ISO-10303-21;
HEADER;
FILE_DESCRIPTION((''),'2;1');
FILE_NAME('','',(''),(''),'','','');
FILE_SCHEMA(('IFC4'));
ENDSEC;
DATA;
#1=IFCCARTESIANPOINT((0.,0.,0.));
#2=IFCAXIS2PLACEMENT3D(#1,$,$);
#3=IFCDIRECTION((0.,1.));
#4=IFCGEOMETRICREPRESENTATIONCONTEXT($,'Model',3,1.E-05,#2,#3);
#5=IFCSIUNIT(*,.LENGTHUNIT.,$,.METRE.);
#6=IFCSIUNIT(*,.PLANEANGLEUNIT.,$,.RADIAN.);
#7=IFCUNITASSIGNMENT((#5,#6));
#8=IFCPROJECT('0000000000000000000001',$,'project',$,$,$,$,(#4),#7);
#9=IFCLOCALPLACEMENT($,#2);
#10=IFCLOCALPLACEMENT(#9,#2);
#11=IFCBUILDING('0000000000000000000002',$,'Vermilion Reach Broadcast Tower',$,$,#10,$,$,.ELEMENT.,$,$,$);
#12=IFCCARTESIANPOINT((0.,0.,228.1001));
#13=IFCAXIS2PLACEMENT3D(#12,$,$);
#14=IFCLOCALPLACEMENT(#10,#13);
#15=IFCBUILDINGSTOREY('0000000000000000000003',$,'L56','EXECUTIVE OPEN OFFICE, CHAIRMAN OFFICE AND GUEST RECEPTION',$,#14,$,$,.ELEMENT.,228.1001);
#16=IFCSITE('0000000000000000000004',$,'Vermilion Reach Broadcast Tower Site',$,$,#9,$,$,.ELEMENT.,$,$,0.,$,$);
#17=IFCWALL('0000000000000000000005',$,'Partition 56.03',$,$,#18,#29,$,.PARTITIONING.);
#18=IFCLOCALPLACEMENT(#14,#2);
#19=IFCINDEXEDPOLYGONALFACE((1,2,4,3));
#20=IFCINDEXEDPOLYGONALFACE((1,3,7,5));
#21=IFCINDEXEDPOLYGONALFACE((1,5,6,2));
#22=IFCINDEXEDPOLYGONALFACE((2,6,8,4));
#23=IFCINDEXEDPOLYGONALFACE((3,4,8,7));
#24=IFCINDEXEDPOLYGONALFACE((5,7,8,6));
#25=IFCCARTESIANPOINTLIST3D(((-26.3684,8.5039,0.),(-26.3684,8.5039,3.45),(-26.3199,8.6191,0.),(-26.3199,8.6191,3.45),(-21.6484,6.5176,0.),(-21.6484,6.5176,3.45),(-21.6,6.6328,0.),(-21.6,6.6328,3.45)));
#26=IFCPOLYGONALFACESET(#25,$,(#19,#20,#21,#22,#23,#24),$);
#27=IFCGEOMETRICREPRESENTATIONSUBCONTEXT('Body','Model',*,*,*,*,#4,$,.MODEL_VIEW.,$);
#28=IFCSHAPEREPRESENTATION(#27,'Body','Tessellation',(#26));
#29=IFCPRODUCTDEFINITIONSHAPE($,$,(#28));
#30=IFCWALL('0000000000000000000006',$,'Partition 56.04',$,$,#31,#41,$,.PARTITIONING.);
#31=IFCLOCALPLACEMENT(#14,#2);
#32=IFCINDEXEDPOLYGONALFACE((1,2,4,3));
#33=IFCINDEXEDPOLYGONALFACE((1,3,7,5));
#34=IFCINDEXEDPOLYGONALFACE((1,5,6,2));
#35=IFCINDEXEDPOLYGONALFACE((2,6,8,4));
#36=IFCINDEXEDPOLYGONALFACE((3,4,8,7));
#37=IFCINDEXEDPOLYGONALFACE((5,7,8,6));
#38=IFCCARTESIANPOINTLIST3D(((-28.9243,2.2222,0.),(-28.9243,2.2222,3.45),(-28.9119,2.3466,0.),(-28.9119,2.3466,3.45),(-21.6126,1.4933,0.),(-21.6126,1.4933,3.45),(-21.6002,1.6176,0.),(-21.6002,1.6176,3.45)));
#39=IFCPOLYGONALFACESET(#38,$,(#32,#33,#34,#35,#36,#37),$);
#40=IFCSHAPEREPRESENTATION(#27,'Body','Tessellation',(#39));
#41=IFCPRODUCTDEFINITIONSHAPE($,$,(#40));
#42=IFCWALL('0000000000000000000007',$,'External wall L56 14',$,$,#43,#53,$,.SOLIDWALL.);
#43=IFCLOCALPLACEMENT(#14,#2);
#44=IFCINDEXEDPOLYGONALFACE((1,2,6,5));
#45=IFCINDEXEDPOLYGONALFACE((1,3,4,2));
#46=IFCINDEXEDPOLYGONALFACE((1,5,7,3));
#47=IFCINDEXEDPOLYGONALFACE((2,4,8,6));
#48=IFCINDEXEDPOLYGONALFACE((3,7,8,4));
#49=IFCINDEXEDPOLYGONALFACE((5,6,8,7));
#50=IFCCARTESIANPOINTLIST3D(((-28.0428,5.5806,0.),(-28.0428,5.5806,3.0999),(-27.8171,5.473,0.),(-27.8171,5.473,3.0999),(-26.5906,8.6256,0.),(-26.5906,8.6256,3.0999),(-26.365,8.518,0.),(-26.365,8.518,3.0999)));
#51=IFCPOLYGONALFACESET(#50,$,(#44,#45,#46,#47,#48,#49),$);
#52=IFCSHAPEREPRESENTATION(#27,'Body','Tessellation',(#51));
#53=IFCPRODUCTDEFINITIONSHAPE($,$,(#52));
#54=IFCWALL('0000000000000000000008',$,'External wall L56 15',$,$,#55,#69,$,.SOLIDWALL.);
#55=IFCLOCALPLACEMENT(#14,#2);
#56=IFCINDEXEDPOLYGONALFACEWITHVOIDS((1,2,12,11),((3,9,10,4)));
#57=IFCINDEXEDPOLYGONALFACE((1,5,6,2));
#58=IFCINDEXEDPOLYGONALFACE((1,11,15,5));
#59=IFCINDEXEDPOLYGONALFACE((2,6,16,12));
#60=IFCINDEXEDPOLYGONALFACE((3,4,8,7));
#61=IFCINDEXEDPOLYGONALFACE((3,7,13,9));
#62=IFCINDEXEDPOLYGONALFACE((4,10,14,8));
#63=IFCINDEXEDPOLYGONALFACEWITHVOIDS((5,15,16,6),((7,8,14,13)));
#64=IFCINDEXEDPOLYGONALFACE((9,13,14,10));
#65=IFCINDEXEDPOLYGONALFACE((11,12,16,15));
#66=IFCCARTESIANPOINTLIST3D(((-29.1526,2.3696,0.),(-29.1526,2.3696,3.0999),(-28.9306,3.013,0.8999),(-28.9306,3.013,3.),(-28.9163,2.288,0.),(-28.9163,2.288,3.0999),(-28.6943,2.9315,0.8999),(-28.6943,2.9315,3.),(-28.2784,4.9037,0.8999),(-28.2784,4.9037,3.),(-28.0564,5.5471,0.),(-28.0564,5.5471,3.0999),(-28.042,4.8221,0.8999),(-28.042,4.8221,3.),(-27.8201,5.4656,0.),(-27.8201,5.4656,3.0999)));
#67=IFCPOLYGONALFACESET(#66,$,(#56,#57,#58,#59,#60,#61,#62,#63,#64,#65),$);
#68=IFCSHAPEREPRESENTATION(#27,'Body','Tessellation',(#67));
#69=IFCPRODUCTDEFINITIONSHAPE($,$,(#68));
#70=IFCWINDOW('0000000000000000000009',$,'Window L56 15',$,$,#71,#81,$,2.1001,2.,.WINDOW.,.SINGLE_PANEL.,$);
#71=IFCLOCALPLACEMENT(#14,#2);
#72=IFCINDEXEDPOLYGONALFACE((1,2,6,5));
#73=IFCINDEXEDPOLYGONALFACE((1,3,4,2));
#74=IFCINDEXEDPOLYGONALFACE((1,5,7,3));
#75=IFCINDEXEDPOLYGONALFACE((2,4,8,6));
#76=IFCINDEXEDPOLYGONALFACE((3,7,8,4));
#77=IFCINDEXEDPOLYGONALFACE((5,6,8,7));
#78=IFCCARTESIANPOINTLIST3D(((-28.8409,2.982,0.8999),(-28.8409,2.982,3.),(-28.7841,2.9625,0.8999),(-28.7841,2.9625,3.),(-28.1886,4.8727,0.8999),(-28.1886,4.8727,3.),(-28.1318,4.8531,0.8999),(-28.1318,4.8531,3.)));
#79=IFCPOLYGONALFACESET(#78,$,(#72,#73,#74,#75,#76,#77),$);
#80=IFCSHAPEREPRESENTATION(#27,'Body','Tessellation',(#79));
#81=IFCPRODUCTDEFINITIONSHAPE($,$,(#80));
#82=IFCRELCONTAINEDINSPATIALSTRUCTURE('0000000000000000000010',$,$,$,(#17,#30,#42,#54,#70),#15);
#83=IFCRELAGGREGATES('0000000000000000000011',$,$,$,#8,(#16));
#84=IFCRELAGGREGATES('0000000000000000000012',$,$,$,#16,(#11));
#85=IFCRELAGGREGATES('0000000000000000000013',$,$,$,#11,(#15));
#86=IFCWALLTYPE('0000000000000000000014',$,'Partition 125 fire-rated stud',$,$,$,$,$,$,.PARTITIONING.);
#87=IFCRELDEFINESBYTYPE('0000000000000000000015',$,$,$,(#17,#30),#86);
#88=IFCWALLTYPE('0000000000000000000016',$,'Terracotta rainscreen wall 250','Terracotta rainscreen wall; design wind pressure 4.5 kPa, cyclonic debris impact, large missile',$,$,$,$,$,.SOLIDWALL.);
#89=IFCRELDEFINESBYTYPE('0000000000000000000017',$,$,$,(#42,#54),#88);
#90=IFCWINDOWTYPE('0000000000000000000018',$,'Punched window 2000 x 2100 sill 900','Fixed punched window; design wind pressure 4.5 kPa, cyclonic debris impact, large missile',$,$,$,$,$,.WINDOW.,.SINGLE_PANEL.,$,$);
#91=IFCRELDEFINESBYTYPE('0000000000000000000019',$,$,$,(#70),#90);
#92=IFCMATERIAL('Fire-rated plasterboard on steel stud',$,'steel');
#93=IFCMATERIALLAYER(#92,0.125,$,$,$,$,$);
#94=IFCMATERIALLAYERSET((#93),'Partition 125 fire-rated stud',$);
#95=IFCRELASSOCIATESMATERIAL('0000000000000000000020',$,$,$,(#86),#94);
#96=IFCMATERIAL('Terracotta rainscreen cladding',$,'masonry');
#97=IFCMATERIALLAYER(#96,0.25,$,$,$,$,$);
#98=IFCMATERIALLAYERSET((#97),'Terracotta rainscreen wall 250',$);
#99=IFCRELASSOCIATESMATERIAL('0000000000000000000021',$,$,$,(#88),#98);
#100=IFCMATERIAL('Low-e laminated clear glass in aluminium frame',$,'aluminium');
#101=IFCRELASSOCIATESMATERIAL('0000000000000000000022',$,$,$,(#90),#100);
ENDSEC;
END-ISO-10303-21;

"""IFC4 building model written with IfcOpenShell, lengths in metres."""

from ifc_helpers import new_model, si_unit, direction, frame, frame_2d, origin, place, context, subcontext, project, spatial, rectangle, extrude, material, layer, layer_set, type_object, element, fill, save


model = new_model("IFC4")

# Units and contexts
model_context = context("Model", 3, precision=1e-05, world=origin(), true_north=direction((0.0, 1.0)))
body_context = subcontext(model_context, "Body", "Model", "MODEL_VIEW")
ifc_project = project(units=[si_unit("LENGTHUNIT", "METRE"), si_unit("PLANEANGLEUNIT", "RADIAN")], contexts=[model_context])

# Site, building, storey
site_placement = place(None, origin())
site = spatial("IfcSite", under=ifc_project, at=site_placement, Name="Vermilion Reach Broadcast Tower Site", CompositionType="ELEMENT", RefElevation=0.0)
building_placement = place(site_placement, origin())
building = spatial("IfcBuilding", under=site, at=building_placement, Name="Vermilion Reach Broadcast Tower", CompositionType="ELEMENT")
storey_placement = place(building_placement, frame((0.0, 0.0, 228.1001)))
storey = spatial("IfcBuildingStorey", under=building, at=storey_placement, Name="L56", Description="EXECUTIVE OPEN OFFICE, CHAIRMAN OFFICE AND GUEST RECEPTION", CompositionType="ELEMENT", Elevation=228.1001)

# Walls
ifc_material_1 = material(Name="Fire-rated plasterboard on steel stud", Category="steel")
ifc_layer_1 = layer(ifc_material_1, 0.125)
ifc_layer_set_1 = layer_set([ifc_layer_1], Name="Partition 125 fire-rated stud")
wall_type_1 = type_object("IfcWallType", Name="Partition 125 fire-rated stud", PredefinedType="PARTITIONING", material=ifc_layer_set_1)
wall_1_placement = place(storey_placement, frame((-26.3442, 8.5615, 0.0), z_axis=(0.0, 0.0, 1.0), x_axis=(0.921707, -0.387886, 0.0)))
element("IfcWall", 1, at=wall_1_placement, inside=storey, type_object=wall_type_1, Name="Partition 56.03", PredefinedType="PARTITIONING", context=body_context, shape_type="SweptSolid", body=[
    extrude(rectangle(XDim=5.1208, YDim=0.125, at=frame_2d((2.5605, 0.0))), origin(), (0.0, 0.0, 1.0), 3.45),
])
wall_2_placement = place(storey_placement, frame((-28.918, 2.2844, 0.0), z_axis=(0.0, 0.0, 1.0), x_axis=(0.995066, -0.099211, 0.0)))
element("IfcWall", 2, at=wall_2_placement, inside=storey, type_object=wall_type_1, Name="Partition 56.04", PredefinedType="PARTITIONING", context=body_context, shape_type="SweptSolid", body=[
    extrude(rectangle(XDim=7.3479, YDim=0.125, at=frame_2d((3.6738, 0.0))), origin(), (0.0, 0.0, 1.0), 3.45),
])
ifc_material_2 = material(Name="Terracotta rainscreen cladding", Category="masonry")
ifc_layer_2 = layer(ifc_material_2, 0.25)
ifc_layer_set_2 = layer_set([ifc_layer_2], Name="Terracotta rainscreen wall 250")
wall_type_2 = type_object("IfcWallType", Name="Terracotta rainscreen wall 250", Description="Terracotta rainscreen wall; design wind pressure 4.5 kPa, cyclonic debris impact, large missile", PredefinedType="SOLIDWALL", material=ifc_layer_set_2)
wall_3_placement = place(storey_placement, frame((-26.4778, 8.5718, 0.0), z_axis=(0.0, 0.0, 1.0), x_axis=(-0.430462, -0.902609, 0.0)))
element("IfcWall", 3, at=wall_3_placement, inside=storey, type_object=wall_type_2, Name="External wall L56 14", PredefinedType="SOLIDWALL", context=body_context, shape_type="SweptSolid", body=[
    extrude(rectangle(XDim=3.3735, YDim=0.25, at=frame_2d((1.6868, 0.0))), origin(), (0.0, 0.0, 1.0), 3.0999),
])

# Wall, opening, window
wall_4_placement = place(storey_placement, frame((-27.9382, 5.5063, 0.0), z_axis=(0.0, 0.0, 1.0), x_axis=(-0.326125, -0.945327, 0.0)))
wall_4 = element("IfcWall", 4, at=wall_4_placement, inside=storey, type_object=wall_type_2, Name="External wall L56 15", PredefinedType="SOLIDWALL", context=body_context, shape_type="SweptSolid", body=[
    extrude(rectangle(XDim=3.3613, YDim=0.25, at=frame_2d((1.6807, 0.0))), origin(), (0.0, 0.0, 1.0), 3.0999),
])
opening_1_placement = place(wall_4_placement, frame((0.6807, 0.0, 0.8999)))
opening_1 = element("IfcOpeningElement", 5, at=opening_1_placement, cuts=wall_4, PredefinedType="OPENING", context=body_context, shape_type="SweptSolid", body=[
    extrude(rectangle(XDim=2.0, YDim=2.1001, at=frame_2d((1.0, 1.05))), frame((0.0, 0.135, 0.0), z_axis=(0.0, -1.0, 0.0), x_axis=(1.0, 0.0, 0.0)), (0.0, 0.0, 1.0), 0.27),
])
ifc_material_3 = material(Name="Low-e laminated clear glass in aluminium frame", Category="aluminium")
window_type = type_object("IfcWindowType", Name="Punched window 2000 x 2100 sill 900", Description="Fixed punched window; design wind pressure 4.5 kPa, cyclonic debris impact, large missile", PartitioningType="SINGLE_PANEL", PredefinedType="WINDOW", material=ifc_material_3)
window_placement = place(opening_1_placement, origin())
window = element("IfcWindow", 6, at=window_placement, inside=storey, type_object=window_type, Name="Window L56 15", OverallHeight=2.1001, OverallWidth=2.0, PartitioningType="SINGLE_PANEL", PredefinedType="WINDOW", context=body_context, shape_type="SweptSolid", body=[
    extrude(rectangle(XDim=2.0, YDim=2.1001, at=frame_2d((1.0, 1.05))), frame((0.0, 0.03, 0.0), z_axis=(0.0, -1.0, 0.0), x_axis=(1.0, 0.0, 0.0)), (0.0, 0.0, 1.0), 0.0601),
])
fill(opening_1, window)

save(model, "model.ifc")
